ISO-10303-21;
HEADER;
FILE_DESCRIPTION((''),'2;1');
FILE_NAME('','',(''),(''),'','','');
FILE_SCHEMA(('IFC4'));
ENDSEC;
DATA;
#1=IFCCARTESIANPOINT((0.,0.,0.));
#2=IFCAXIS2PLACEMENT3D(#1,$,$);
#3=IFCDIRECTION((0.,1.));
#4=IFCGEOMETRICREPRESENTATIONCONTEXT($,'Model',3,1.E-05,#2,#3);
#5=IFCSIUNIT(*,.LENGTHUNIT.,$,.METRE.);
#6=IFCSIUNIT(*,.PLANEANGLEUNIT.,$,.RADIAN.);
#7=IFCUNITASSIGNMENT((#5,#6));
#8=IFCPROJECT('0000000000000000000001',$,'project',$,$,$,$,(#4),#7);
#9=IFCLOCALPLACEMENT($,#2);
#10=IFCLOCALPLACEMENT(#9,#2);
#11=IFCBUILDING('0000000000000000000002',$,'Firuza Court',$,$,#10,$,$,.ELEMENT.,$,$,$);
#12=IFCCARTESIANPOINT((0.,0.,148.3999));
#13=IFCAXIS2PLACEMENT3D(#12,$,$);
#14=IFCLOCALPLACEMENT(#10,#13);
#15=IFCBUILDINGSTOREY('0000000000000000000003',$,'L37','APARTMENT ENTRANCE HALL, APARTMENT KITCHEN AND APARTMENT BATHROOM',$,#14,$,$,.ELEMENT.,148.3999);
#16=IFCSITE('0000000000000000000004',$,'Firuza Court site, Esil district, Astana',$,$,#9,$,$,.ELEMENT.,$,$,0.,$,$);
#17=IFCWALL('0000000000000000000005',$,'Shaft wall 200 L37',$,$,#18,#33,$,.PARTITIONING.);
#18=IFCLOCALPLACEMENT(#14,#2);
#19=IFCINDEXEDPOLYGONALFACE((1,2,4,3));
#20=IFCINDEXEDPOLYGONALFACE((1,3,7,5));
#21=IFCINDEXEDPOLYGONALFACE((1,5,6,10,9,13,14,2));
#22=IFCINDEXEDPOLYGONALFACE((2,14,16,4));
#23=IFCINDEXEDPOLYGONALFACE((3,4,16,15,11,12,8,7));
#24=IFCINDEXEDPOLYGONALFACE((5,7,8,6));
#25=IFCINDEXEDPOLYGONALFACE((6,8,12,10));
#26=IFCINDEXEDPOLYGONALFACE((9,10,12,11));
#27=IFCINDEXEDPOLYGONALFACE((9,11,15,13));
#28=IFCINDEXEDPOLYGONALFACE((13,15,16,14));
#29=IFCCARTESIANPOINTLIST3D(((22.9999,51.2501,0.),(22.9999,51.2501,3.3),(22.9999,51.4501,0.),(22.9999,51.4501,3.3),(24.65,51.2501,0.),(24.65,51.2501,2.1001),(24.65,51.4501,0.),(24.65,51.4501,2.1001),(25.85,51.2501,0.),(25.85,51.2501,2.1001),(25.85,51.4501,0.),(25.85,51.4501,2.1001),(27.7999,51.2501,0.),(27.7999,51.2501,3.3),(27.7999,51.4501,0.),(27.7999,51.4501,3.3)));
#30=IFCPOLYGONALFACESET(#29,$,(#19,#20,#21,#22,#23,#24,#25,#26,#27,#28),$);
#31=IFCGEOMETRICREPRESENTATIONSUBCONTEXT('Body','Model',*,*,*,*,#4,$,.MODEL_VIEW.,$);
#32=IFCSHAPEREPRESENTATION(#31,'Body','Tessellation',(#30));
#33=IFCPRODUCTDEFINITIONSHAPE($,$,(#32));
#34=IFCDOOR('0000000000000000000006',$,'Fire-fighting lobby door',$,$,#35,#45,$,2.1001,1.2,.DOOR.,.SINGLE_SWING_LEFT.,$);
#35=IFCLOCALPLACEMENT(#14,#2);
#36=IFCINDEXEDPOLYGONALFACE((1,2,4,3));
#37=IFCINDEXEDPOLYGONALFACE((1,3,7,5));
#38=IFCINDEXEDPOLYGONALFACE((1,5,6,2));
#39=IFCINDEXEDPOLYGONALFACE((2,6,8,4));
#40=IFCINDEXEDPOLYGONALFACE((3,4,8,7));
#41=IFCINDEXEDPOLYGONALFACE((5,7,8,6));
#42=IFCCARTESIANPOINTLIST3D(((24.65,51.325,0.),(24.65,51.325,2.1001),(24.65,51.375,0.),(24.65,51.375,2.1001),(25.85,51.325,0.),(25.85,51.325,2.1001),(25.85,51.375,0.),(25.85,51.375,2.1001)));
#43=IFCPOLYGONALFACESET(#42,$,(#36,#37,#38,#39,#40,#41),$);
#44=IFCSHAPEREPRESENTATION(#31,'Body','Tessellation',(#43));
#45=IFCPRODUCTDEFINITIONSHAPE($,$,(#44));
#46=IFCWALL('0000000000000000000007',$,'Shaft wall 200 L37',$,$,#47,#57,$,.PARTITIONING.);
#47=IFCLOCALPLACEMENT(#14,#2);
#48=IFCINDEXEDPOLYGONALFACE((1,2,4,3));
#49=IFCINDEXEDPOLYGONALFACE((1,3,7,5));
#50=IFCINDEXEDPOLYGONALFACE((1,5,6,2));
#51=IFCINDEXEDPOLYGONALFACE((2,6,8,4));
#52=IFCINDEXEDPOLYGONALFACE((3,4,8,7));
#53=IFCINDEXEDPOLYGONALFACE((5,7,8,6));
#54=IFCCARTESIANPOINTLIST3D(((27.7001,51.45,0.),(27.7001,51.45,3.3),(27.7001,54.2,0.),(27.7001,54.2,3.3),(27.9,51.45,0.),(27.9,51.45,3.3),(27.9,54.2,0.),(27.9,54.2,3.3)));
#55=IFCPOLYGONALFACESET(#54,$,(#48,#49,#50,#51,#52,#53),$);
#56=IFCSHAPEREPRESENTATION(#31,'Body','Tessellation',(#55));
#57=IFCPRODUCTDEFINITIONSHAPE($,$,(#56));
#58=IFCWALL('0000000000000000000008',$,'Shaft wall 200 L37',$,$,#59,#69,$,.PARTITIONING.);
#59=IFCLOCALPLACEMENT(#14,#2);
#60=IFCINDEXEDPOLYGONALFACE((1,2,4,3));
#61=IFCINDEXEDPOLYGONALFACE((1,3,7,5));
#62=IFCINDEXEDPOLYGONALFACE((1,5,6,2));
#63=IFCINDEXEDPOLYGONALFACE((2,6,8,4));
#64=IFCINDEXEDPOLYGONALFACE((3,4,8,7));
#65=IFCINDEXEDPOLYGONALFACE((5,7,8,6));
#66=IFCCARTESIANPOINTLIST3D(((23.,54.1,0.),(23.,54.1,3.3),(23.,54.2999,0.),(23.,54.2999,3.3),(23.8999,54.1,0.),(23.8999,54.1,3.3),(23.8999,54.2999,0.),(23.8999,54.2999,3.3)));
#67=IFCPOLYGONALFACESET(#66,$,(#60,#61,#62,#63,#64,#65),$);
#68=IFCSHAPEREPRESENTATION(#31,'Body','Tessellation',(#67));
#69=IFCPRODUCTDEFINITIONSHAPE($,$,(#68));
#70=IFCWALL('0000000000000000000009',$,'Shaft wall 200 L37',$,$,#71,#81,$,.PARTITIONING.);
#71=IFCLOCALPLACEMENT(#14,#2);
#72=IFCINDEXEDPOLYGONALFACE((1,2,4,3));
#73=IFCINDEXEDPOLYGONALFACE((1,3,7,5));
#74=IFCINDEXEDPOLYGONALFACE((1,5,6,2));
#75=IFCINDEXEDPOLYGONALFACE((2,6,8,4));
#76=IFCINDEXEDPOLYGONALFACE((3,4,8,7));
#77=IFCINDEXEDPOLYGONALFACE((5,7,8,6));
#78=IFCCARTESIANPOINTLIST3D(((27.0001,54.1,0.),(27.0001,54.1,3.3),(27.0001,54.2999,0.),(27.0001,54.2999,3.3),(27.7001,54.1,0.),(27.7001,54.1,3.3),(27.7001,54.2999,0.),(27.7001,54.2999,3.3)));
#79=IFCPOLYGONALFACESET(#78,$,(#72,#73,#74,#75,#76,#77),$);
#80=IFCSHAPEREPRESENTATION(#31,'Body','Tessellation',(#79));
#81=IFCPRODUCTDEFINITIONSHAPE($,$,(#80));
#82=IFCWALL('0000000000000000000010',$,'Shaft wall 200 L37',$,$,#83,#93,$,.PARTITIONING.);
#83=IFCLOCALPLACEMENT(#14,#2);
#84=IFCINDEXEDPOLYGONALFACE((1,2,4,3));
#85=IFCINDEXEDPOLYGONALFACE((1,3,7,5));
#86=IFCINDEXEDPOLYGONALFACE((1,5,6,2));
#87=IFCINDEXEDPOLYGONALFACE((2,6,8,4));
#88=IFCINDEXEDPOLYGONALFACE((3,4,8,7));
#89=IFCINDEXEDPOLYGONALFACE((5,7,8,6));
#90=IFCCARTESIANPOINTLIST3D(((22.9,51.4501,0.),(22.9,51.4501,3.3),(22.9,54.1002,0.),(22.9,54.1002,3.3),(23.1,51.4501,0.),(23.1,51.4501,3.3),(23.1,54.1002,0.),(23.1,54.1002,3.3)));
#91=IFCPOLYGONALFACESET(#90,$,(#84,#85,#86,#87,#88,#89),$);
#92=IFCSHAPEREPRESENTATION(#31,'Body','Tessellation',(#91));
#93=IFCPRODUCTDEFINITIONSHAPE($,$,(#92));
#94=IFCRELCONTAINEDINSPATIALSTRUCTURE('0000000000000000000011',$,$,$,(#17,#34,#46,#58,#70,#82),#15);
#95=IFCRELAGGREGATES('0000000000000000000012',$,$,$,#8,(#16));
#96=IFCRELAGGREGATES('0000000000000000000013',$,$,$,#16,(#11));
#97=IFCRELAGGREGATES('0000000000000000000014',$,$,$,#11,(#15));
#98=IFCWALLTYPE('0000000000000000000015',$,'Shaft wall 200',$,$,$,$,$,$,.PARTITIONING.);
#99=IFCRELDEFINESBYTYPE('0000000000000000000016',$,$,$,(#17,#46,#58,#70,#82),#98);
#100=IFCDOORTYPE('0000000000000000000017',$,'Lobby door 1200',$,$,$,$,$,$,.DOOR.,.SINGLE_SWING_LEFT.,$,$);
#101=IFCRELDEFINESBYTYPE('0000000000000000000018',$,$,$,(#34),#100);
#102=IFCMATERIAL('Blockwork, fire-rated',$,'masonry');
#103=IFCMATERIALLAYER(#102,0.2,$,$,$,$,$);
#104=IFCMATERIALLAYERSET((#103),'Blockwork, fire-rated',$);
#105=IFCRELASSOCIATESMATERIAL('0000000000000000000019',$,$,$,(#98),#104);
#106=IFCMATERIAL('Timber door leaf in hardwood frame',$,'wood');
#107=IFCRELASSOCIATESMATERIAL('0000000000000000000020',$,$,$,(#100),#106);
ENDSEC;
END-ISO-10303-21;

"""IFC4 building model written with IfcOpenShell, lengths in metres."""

from ifc_helpers import new_model, si_unit, direction, frame, frame_2d, origin, place, context, subcontext, project, spatial, rectangle, extrude, material, layer, layer_set, type_object, element, fill, save


model = new_model("IFC4")

# Units and contexts
model_context = context("Model", 3, precision=1e-05, world=origin(), true_north=direction((0.0, 1.0)))
body_context = subcontext(model_context, "Body", "Model", "MODEL_VIEW")
ifc_project = project(units=[si_unit("LENGTHUNIT", "METRE"), si_unit("PLANEANGLEUNIT", "RADIAN")], contexts=[model_context])

# Site, building, storey
site_placement = place(None, origin())
site = spatial("IfcSite", under=ifc_project, at=site_placement, Name="Firuza Court site, Esil district, Astana", CompositionType="ELEMENT", RefElevation=0.0)
building_placement = place(site_placement, origin())
building = spatial("IfcBuilding", under=site, at=building_placement, Name="Firuza Court", CompositionType="ELEMENT")
storey_placement = place(building_placement, frame((0.0, 0.0, 148.3999)))
storey = spatial("IfcBuildingStorey", under=building, at=storey_placement, Name="L37", Description="APARTMENT ENTRANCE HALL, APARTMENT KITCHEN AND APARTMENT BATHROOM", CompositionType="ELEMENT", Elevation=148.3999)

# Shared definitions
ifc_material_1 = material(Name="Blockwork, fire-rated", Category="masonry")

# Wall, opening, door
ifc_layer_1 = layer(ifc_material_1, 0.2)
ifc_layer_set_1 = layer_set([ifc_layer_1], Name="Blockwork, fire-rated")
wall_type_1 = type_object("IfcWallType", Name="Shaft wall 200", PredefinedType="PARTITIONING", material=ifc_layer_set_1)
wall_1_placement = place(storey_placement, frame((23.0, 51.3501, 0.0), z_axis=(0.0, 0.0, 1.0), x_axis=(1.0, 0.0, 0.0)))
wall_1 = element("IfcWall", 1, at=wall_1_placement, inside=storey, type_object=wall_type_1, Name="Shaft wall 200 L37", PredefinedType="PARTITIONING", context=body_context, shape_type="SweptSolid", body=[
    extrude(rectangle(XDim=4.8, YDim=0.2, at=frame_2d((2.3999, 0.0))), origin(), (0.0, 0.0, 1.0), 3.3),
])
opening_1_placement = place(wall_1_placement, frame((1.6499, 0.0, 0.0)))
opening_1 = element("IfcOpeningElement", 2, at=opening_1_placement, cuts=wall_1, PredefinedType="OPENING", context=body_context, shape_type="SweptSolid", body=[
    extrude(rectangle(XDim=1.2, YDim=2.1001, at=frame_2d((0.6001, 1.05))), frame((0.0, 0.1118, 0.0), z_axis=(0.0, -1.0, 0.0), x_axis=(1.0, 0.0, 0.0)), (0.0, 0.0, 1.0), 0.2239),
])
ifc_material_2 = material(Name="Timber door leaf in hardwood frame", Category="wood")
door_type_1 = type_object("IfcDoorType", Name="Lobby door 1200", OperationType="SINGLE_SWING_LEFT", PredefinedType="DOOR", material=ifc_material_2)
door_1_placement = place(opening_1_placement, origin())
door_1 = element("IfcDoor", 3, at=door_1_placement, inside=storey, type_object=door_type_1, Name="Fire-fighting lobby door", OperationType="SINGLE_SWING_LEFT", OverallHeight=2.1001, OverallWidth=1.2, PredefinedType="DOOR", context=body_context, shape_type="SweptSolid", body=[
    extrude(rectangle(XDim=1.2, YDim=2.1001, at=frame_2d((0.6001, 1.05))), frame((0.0, 0.0249, 0.0), z_axis=(0.0, -1.0, 0.0), x_axis=(1.0, 0.0, 0.0)), (0.0, 0.0, 1.0), 0.05),
])
fill(opening_1, door_1)

# Walls
wall_2_placement = place(storey_placement, frame((27.8, 51.45, 0.0), z_axis=(0.0, 0.0, 1.0), x_axis=(0.0, 1.0, 0.0)))
element("IfcWall", 4, at=wall_2_placement, inside=storey, type_object=wall_type_1, Name="Shaft wall 200 L37", PredefinedType="PARTITIONING", context=body_context, shape_type="SweptSolid", body=[
    extrude(rectangle(XDim=2.75, YDim=0.2, at=frame_2d((1.375, 0.0))), origin(), (0.0, 0.0, 1.0), 3.3),
])
wall_3_placement = place(storey_placement, frame((23.0, 54.2, 0.0), z_axis=(0.0, 0.0, 1.0), x_axis=(1.0, 0.0, 0.0)))
element("IfcWall", 5, at=wall_3_placement, inside=storey, type_object=wall_type_1, Name="Shaft wall 200 L37", PredefinedType="PARTITIONING", context=body_context, shape_type="SweptSolid", body=[
    extrude(rectangle(XDim=0.8999, YDim=0.2, at=frame_2d((0.45, 0.0))), origin(), (0.0, 0.0, 1.0), 3.3),
])
wall_4_placement = place(storey_placement, frame((27.0, 54.2, 0.0), z_axis=(0.0, 0.0, 1.0), x_axis=(1.0, 0.0, 0.0)))
element("IfcWall", 6, at=wall_4_placement, inside=storey, type_object=wall_type_1, Name="Shaft wall 200 L37", PredefinedType="PARTITIONING", context=body_context, shape_type="SweptSolid", body=[
    extrude(rectangle(XDim=0.7, YDim=0.2, at=frame_2d((0.3501, 0.0))), origin(), (0.0, 0.0, 1.0), 3.3),
])
wall_5_placement = place(storey_placement, frame((23.0, 51.45, 0.0), z_axis=(0.0, 0.0, 1.0), x_axis=(0.0, 1.0, 0.0)))
element("IfcWall", 7, at=wall_5_placement, inside=storey, type_object=wall_type_1, Name="Shaft wall 200 L37", PredefinedType="PARTITIONING", context=body_context, shape_type="SweptSolid", body=[
    extrude(rectangle(XDim=2.6501, YDim=0.2, at=frame_2d((1.3252, 0.0))), origin(), (0.0, 0.0, 1.0), 3.3),
])

save(model, "model.ifc")
